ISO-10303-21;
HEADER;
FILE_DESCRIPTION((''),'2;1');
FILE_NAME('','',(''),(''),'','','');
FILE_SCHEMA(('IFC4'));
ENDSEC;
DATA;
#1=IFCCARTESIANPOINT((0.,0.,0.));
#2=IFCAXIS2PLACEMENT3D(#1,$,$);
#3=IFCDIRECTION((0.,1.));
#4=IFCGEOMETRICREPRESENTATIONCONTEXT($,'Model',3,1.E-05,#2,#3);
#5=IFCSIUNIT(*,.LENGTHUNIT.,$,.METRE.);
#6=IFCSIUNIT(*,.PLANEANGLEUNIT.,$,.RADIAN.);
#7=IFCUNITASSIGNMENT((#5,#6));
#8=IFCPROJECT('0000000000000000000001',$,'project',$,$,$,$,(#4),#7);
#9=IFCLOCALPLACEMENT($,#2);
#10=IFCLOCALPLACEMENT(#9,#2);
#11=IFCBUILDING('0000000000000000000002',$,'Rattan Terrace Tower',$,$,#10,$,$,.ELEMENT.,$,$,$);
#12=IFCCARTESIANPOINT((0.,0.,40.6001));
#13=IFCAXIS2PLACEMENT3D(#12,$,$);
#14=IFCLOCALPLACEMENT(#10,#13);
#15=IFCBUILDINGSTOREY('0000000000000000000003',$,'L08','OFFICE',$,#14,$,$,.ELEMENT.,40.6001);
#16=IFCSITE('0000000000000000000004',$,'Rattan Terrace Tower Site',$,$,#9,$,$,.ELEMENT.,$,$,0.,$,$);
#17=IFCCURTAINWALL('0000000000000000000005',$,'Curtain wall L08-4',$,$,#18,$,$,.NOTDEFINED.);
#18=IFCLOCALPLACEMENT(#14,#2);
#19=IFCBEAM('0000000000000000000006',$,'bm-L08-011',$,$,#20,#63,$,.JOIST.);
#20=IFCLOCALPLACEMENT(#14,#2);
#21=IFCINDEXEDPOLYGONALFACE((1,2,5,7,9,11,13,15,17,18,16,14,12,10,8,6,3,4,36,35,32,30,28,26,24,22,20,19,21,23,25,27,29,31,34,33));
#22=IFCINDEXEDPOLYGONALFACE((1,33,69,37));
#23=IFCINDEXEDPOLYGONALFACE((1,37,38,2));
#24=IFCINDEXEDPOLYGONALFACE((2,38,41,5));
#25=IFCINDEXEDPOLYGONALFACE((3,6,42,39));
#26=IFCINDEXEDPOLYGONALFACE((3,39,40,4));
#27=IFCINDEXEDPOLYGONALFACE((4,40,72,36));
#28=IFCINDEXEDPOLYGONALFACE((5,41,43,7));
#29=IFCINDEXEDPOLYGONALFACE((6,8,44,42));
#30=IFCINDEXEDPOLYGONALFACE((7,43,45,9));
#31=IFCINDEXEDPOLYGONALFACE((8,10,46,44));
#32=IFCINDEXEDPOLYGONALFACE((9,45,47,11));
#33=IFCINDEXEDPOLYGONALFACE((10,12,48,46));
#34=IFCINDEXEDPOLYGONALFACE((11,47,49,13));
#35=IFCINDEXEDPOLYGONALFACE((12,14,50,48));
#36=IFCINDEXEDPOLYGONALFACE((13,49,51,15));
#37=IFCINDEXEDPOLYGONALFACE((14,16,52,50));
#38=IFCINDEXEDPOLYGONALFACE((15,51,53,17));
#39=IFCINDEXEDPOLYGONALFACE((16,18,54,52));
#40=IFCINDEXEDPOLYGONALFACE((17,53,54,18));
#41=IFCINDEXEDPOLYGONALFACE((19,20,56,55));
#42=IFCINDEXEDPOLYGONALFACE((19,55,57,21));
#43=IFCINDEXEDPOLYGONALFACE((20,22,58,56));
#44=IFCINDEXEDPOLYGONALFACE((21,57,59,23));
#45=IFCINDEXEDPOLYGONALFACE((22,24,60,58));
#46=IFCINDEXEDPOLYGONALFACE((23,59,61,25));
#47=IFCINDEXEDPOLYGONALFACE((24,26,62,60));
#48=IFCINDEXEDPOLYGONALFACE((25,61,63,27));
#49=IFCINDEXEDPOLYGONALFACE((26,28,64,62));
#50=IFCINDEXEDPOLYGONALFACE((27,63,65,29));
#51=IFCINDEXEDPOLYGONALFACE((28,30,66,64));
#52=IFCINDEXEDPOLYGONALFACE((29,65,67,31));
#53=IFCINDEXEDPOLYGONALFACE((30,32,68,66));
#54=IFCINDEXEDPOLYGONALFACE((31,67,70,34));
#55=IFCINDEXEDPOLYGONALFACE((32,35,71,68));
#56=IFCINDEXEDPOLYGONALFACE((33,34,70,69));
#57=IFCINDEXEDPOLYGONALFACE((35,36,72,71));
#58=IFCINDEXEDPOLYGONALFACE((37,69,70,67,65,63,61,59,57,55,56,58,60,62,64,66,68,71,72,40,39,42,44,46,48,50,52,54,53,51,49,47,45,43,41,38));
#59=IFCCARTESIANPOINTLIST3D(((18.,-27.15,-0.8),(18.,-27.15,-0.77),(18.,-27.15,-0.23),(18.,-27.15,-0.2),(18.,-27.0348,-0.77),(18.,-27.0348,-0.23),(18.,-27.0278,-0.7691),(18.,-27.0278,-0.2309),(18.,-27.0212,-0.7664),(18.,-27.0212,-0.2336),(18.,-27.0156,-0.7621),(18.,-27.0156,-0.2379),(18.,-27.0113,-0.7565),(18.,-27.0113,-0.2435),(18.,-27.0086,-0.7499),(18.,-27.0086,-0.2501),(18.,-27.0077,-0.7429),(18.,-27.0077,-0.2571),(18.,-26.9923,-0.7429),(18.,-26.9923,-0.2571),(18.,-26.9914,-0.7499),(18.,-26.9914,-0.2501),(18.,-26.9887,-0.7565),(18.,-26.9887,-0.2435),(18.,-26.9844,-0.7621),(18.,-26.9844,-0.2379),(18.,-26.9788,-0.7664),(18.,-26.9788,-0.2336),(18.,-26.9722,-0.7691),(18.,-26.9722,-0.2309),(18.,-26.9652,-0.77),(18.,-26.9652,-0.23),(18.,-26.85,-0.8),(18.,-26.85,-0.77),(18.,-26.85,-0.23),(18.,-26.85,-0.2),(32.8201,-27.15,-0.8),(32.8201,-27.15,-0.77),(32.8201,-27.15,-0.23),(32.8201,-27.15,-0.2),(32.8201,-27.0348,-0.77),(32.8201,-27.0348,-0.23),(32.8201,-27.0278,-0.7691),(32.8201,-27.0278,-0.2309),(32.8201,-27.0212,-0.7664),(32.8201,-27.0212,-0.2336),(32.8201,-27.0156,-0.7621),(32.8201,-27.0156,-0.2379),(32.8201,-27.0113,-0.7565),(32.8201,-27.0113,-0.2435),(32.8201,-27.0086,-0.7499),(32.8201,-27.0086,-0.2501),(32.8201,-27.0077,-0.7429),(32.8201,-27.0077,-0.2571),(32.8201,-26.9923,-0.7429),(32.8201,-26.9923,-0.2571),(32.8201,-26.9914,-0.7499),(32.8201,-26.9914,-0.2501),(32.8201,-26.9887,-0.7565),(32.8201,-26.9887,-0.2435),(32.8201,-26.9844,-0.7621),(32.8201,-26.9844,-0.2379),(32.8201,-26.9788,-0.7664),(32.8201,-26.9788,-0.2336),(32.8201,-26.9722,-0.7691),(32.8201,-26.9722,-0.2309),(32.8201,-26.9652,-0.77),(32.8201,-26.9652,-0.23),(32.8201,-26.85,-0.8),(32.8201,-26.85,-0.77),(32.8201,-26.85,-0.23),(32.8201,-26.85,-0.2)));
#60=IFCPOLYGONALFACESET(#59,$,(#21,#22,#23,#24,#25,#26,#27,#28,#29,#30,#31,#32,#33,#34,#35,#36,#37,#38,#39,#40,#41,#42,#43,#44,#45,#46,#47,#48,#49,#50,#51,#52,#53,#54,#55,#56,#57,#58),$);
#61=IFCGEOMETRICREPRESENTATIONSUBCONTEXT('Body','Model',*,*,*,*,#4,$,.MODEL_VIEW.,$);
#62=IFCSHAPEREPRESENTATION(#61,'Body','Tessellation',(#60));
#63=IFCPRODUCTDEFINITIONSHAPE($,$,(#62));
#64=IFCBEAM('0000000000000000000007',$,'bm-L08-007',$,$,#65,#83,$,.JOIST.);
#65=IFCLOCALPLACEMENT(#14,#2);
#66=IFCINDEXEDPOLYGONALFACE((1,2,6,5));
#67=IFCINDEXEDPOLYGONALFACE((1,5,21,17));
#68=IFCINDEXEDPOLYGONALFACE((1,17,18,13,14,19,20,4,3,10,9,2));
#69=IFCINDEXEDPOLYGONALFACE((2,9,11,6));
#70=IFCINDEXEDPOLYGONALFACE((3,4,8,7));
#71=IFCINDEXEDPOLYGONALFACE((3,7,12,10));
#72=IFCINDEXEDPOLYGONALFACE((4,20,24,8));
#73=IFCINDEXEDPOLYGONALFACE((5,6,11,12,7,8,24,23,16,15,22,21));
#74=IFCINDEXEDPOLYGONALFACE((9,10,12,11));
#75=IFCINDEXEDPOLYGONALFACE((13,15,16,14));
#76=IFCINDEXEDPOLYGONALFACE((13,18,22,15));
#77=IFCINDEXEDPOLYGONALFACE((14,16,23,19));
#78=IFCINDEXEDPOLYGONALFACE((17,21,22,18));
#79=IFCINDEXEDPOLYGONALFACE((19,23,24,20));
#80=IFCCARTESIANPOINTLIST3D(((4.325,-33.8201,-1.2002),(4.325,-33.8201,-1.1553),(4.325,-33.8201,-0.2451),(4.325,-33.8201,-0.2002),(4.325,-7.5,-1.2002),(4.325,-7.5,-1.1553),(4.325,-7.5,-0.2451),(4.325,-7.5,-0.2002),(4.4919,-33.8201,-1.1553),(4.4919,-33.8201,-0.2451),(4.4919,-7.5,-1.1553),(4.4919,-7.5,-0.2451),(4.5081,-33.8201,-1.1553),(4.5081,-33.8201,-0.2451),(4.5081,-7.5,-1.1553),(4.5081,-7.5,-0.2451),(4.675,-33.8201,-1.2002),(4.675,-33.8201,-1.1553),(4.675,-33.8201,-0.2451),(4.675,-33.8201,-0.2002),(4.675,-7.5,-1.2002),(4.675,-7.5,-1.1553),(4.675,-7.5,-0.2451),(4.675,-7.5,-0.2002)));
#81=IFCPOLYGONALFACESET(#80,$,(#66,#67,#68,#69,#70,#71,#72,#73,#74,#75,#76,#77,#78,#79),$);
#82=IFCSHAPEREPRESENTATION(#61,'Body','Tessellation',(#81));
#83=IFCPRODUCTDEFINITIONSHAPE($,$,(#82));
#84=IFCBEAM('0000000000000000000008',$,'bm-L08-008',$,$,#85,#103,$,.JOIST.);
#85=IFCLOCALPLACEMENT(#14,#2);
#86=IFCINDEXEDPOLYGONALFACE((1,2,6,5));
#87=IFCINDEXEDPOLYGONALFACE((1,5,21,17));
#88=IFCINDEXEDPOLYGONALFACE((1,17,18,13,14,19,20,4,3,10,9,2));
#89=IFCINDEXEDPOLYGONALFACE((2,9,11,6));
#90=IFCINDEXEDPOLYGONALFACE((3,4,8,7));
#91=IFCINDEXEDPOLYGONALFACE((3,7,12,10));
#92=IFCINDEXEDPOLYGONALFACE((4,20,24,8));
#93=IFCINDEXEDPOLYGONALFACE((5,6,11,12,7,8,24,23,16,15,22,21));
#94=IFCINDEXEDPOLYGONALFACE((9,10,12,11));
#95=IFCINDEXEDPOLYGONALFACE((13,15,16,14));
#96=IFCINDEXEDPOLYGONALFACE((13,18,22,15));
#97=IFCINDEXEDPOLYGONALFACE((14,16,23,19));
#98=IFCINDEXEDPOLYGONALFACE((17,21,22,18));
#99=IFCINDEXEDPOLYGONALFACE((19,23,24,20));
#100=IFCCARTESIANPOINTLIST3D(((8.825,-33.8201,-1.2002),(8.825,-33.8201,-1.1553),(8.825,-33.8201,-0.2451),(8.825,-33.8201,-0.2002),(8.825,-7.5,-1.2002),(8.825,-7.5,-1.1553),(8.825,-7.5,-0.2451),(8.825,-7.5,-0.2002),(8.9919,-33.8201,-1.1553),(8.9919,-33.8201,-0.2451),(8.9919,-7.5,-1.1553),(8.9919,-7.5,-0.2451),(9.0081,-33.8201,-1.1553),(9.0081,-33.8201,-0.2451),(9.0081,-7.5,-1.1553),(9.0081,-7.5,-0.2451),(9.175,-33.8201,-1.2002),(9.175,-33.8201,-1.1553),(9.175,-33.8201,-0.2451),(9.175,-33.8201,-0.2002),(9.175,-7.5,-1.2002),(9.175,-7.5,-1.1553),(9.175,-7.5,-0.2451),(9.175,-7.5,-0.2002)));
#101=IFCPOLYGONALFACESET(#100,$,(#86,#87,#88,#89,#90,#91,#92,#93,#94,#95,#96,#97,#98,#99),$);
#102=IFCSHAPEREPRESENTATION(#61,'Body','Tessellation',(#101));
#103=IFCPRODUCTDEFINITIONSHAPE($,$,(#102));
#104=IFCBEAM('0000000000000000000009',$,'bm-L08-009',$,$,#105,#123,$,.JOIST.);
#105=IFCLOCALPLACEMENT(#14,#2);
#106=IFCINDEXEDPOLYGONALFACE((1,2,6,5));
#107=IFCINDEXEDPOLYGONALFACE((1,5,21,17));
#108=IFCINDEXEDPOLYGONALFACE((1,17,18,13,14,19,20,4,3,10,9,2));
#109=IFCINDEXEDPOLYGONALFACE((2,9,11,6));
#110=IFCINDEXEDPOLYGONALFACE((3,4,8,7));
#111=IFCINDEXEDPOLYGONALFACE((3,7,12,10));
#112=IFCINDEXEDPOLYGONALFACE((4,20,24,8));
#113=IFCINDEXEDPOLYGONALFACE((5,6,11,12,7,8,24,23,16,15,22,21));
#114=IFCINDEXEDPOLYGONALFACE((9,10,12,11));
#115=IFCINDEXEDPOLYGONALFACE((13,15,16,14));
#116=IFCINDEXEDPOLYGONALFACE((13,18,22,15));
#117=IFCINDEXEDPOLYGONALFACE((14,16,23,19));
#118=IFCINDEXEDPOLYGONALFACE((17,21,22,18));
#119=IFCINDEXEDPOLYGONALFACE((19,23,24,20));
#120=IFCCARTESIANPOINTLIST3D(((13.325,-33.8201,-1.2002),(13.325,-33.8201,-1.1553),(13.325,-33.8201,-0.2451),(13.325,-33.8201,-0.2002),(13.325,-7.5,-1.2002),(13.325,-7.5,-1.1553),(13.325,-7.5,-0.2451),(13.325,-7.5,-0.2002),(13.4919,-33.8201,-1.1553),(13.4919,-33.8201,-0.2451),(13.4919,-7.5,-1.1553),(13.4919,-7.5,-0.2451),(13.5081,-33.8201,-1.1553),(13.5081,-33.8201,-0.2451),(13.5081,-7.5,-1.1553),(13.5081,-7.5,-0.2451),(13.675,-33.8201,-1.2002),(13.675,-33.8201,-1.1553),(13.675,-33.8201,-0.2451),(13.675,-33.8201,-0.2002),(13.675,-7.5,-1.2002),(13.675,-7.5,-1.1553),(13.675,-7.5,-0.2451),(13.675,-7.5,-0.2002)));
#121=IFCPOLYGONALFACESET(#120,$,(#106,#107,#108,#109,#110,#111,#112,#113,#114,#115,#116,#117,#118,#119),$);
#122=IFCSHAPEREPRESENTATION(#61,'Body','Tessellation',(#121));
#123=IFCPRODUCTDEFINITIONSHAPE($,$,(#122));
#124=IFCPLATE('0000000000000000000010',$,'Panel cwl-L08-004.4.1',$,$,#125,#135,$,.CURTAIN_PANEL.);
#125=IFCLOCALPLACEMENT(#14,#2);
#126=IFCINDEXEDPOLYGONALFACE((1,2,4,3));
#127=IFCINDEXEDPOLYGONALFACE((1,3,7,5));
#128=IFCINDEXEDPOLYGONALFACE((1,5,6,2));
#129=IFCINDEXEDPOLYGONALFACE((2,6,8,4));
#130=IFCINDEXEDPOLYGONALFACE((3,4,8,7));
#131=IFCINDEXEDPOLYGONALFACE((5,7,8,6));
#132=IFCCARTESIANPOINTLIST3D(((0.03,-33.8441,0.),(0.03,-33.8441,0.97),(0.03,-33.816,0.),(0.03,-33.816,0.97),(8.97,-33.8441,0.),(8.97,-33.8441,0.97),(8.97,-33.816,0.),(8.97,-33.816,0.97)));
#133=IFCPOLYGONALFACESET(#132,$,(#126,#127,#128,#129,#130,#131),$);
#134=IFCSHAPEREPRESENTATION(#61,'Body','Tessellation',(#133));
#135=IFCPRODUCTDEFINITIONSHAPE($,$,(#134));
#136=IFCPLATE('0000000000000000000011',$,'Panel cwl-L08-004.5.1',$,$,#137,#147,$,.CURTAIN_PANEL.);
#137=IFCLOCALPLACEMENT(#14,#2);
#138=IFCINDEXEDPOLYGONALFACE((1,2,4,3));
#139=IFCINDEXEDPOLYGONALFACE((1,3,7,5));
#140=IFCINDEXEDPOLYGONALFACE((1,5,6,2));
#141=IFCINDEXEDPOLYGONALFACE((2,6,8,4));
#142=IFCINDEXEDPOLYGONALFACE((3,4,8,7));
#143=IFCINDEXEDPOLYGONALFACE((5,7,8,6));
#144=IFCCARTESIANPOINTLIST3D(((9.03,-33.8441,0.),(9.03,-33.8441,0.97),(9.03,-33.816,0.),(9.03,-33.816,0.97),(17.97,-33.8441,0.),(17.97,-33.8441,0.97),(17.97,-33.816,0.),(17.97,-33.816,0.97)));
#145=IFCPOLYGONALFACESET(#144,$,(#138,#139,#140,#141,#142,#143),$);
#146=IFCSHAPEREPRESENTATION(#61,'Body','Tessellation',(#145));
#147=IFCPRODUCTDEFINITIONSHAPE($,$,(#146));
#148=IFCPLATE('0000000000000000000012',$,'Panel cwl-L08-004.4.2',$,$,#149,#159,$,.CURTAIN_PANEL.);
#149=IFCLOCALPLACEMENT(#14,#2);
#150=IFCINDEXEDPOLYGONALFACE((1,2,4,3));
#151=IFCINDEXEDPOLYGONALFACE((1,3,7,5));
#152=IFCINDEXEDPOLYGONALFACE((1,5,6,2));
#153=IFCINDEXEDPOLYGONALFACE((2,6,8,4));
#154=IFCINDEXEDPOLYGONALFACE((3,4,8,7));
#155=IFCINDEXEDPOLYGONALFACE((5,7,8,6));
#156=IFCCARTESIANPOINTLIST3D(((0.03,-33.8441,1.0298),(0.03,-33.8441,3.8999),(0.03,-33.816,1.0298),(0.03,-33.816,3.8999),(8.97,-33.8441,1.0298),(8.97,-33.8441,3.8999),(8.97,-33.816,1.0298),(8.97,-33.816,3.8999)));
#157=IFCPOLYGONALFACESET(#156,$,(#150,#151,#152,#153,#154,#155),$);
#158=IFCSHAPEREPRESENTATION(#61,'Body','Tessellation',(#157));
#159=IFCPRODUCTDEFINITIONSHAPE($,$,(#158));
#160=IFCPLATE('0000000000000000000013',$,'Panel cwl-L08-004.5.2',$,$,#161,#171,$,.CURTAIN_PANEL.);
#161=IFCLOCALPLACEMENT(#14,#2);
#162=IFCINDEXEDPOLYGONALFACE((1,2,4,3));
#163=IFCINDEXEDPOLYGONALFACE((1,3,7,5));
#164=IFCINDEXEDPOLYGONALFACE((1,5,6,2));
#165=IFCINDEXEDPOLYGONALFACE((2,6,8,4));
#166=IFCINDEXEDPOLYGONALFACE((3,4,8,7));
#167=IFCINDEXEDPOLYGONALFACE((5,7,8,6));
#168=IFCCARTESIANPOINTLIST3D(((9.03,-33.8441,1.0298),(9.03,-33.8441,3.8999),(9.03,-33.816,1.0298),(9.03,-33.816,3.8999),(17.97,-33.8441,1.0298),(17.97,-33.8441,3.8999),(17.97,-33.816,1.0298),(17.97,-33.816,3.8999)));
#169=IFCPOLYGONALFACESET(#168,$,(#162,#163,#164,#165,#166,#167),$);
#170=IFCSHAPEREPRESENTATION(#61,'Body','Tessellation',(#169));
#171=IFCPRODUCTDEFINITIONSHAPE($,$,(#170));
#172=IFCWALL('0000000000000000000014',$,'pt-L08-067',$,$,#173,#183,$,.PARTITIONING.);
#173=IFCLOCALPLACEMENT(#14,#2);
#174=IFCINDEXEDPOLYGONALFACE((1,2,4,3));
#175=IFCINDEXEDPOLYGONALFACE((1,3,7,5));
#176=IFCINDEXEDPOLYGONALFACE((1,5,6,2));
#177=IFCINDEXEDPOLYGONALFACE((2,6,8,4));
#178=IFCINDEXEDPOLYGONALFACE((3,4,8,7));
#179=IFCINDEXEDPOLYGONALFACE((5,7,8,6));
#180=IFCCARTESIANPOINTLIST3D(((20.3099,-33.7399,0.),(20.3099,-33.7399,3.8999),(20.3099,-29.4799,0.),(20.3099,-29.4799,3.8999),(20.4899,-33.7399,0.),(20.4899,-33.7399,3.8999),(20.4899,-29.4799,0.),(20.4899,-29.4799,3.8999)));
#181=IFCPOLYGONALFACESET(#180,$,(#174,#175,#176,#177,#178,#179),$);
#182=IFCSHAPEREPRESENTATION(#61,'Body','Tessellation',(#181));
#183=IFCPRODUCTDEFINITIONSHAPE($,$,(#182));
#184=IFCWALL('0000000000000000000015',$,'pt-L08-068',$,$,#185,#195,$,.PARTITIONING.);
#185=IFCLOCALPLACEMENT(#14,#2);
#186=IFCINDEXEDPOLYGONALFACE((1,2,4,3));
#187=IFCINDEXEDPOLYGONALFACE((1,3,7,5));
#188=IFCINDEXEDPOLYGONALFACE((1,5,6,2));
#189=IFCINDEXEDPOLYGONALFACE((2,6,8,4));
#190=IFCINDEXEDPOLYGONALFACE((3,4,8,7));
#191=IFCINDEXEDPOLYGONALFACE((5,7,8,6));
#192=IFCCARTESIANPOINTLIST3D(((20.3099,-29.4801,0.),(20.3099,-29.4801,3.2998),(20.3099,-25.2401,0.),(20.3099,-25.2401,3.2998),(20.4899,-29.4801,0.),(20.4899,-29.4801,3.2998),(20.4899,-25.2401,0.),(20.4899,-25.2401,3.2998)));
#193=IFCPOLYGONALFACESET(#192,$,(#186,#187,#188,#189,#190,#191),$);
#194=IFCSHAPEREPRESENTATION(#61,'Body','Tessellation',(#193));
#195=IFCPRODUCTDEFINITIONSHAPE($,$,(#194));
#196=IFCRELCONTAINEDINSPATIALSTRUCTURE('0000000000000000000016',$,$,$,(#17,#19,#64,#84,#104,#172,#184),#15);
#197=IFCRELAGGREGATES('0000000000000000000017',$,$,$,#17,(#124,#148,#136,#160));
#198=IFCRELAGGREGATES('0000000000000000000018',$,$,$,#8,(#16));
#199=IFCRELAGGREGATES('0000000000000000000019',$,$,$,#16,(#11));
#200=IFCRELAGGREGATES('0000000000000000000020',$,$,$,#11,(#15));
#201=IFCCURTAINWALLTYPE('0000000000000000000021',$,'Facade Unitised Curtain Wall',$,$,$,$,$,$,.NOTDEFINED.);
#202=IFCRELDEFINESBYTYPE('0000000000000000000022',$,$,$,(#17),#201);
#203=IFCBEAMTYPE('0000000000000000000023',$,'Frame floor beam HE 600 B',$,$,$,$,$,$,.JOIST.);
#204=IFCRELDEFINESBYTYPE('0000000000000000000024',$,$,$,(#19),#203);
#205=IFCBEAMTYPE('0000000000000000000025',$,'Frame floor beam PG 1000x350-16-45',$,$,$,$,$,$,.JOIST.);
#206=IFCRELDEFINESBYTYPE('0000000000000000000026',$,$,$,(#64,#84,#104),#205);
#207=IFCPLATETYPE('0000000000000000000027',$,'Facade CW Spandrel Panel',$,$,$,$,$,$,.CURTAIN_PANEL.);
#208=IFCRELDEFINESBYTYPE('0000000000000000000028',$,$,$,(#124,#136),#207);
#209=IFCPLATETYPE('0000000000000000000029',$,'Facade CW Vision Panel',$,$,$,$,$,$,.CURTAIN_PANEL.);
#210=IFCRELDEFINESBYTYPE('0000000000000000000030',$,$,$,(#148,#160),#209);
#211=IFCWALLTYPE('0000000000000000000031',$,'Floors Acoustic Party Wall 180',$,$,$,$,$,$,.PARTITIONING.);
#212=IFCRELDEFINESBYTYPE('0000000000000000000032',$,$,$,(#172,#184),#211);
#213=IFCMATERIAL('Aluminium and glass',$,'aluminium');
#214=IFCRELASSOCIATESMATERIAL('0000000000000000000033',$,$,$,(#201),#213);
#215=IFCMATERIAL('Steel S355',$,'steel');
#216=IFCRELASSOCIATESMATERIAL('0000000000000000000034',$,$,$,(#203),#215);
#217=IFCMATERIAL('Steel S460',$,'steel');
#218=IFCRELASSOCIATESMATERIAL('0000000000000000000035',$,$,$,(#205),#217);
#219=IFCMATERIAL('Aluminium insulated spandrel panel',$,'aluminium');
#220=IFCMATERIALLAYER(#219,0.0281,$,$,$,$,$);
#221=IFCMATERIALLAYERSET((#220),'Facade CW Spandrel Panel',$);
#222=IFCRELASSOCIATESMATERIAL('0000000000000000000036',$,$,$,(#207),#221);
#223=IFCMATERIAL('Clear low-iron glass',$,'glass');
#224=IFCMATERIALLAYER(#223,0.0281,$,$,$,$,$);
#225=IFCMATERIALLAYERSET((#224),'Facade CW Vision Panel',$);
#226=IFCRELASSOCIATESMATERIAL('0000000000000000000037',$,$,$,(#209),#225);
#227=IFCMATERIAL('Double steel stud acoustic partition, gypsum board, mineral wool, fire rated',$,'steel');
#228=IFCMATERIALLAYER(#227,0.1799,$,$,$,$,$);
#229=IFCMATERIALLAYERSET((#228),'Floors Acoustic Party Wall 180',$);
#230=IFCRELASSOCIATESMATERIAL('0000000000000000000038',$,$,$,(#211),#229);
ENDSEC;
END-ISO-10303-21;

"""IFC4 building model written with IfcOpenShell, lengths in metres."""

from ifc_helpers import new_model, si_unit, direction, frame, frame_2d, origin, origin_2d, place, context, subcontext, project, spatial, rectangle, i_section, extrude, material, layer, layer_set, material_profile, profile_set, type_object, element, aggregate, save


model = new_model("IFC4")

# Units and contexts
model_context = context("Model", 3, precision=1e-05, world=origin(), true_north=direction((0.0, 1.0)))
body_context = subcontext(model_context, "Body", "Model", "MODEL_VIEW")
ifc_project = project(units=[si_unit("LENGTHUNIT", "METRE"), si_unit("PLANEANGLEUNIT", "RADIAN")], contexts=[model_context])

# Site, building, storey
site_placement = place(None, origin())
site = spatial("IfcSite", under=ifc_project, at=site_placement, Name="Rattan Terrace Tower Site", CompositionType="ELEMENT", RefElevation=0.0)
building_placement = place(site_placement, origin())
building = spatial("IfcBuilding", under=site, at=building_placement, Name="Rattan Terrace Tower", CompositionType="ELEMENT")
storey_placement = place(building_placement, frame((0.0, 0.0, 40.6001)))
storey = spatial("IfcBuildingStorey", under=building, at=storey_placement, Name="L08", Description="OFFICE", CompositionType="ELEMENT", Elevation=40.6001)

# Curtain wall
ifc_material_1 = material(Name="Aluminium and glass", Category="aluminium")
curtain_wall_type = type_object("IfcCurtainWallType", Name="Facade Unitised Curtain Wall", PredefinedType="NOTDEFINED", material=ifc_material_1)
curtain_wall_placement = place(storey_placement, origin())
curtain_wall = element("IfcCurtainWall", 1, at=curtain_wall_placement, inside=storey, type_object=curtain_wall_type, Name="Curtain wall L08-4", PredefinedType="NOTDEFINED")

# Beams
ifc_material_2 = material(Name="Steel S355", Category="steel")
ifc_material_profile_1 = material_profile(ifc_material_2, i_section(OverallWidth=0.3, OverallDepth=0.6001, WebThickness=0.0154, FlangeThickness=0.03, FilletRadius=0.0271, at=origin_2d()), Name="HE 600 B")
ifc_profile_set_1 = profile_set([ifc_material_profile_1], Name="Steel S355")
beam_type_1 = type_object("IfcBeamType", Name="Frame floor beam HE 600 B", PredefinedType="JOIST", material=ifc_profile_set_1)
beam_1_placement = place(storey_placement, frame((18.0, -27.0, -0.5), z_axis=(1.0, 0.0, 0.0), x_axis=(0.0, 1.0, 0.0)))
element("IfcBeam", 2, at=beam_1_placement, inside=storey, type_object=beam_type_1, Name="bm-L08-011", PredefinedType="JOIST", context=body_context, shape_type="SweptSolid", body=[
    extrude(i_section(OverallWidth=0.3, OverallDepth=0.6001, WebThickness=0.0154, FlangeThickness=0.03, FilletRadius=0.0271, at=origin_2d()), origin(), (0.0, 0.0, 1.0), 14.8201),
])
ifc_material_3 = material(Name="Steel S460", Category="steel")
ifc_material_profile_2 = material_profile(ifc_material_3, i_section(OverallWidth=0.3501, OverallDepth=1.0, WebThickness=0.0161, FlangeThickness=0.0449, at=origin_2d()), Name="PG 1000x350-16-45")
ifc_profile_set_2 = profile_set([ifc_material_profile_2], Name="Steel S460")
beam_type_2 = type_object("IfcBeamType", Name="Frame floor beam PG 1000x350-16-45", PredefinedType="JOIST", material=ifc_profile_set_2)
for number, where, z_axis, x_axis, name in (
    (3, (4.5, -33.8201, -0.7002), (0.0, 1.0, 0.0), (-1.0, 0.0, 0.0), "bm-L08-007"),
    (4, (9.0, -33.8201, -0.7002), (0.0, 1.0, 0.0), (-1.0, 0.0, 0.0), "bm-L08-008"),
    (5, (13.5, -33.8201, -0.7002), (0.0, 1.0, 0.0), (-1.0, 0.0, 0.0), "bm-L08-009"),
):
    element("IfcBeam", number, at=place(storey_placement, frame(where, z_axis=z_axis, x_axis=x_axis)), inside=storey, type_object=beam_type_2, Name=name, PredefinedType="JOIST", context=body_context, shape_type="SweptSolid", body=[
        extrude(i_section(OverallWidth=0.3501, OverallDepth=1.0, WebThickness=0.0161, FlangeThickness=0.0449, at=origin_2d()), origin(), (0.0, 0.0, 1.0), 26.3201),
    ])

# Plates
ifc_material_4 = material(Name="Aluminium insulated spandrel panel", Category="aluminium")
ifc_layer_1 = layer(ifc_material_4, 0.0281)
ifc_layer_set_1 = layer_set([ifc_layer_1], Name="Facade CW Spandrel Panel")
plate_type_1 = type_object("IfcPlateType", Name="Facade CW Spandrel Panel", PredefinedType="CURTAIN_PANEL", material=ifc_layer_set_1)
plate_1_placement = place(storey_placement, frame((4.5, -33.8301, 0.0), z_axis=(0.0, 0.0, 1.0), x_axis=(1.0, 0.0, 0.0)))
plate_1 = element("IfcPlate", 6, at=plate_1_placement, type_object=plate_type_1, Name="Panel cwl-L08-004.4.1", PredefinedType="CURTAIN_PANEL", context=body_context, shape_type="SweptSolid", body=[
    extrude(rectangle(XDim=8.9399, YDim=0.0281, at=origin_2d()), origin(), (0.0, 0.0, 1.0), 0.97),
])
plate_2_placement = place(storey_placement, frame((13.5, -33.8301, 0.0), z_axis=(0.0, 0.0, 1.0), x_axis=(1.0, 0.0, 0.0)))
plate_2 = element("IfcPlate", 7, at=plate_2_placement, type_object=plate_type_1, Name="Panel cwl-L08-004.5.1", PredefinedType="CURTAIN_PANEL", context=body_context, shape_type="SweptSolid", body=[
    extrude(rectangle(XDim=8.9399, YDim=0.0281, at=origin_2d()), origin(), (0.0, 0.0, 1.0), 0.97),
])
ifc_material_5 = material(Name="Clear low-iron glass", Category="glass")
ifc_layer_2 = layer(ifc_material_5, 0.0281)
ifc_layer_set_2 = layer_set([ifc_layer_2], Name="Facade CW Vision Panel")
plate_type_2 = type_object("IfcPlateType", Name="Facade CW Vision Panel", PredefinedType="CURTAIN_PANEL", material=ifc_layer_set_2)
plate_3_placement = place(storey_placement, frame((4.5, -33.8301, 1.0298), z_axis=(0.0, 0.0, 1.0), x_axis=(1.0, 0.0, 0.0)))
plate_3 = element("IfcPlate", 8, at=plate_3_placement, type_object=plate_type_2, Name="Panel cwl-L08-004.4.2", PredefinedType="CURTAIN_PANEL", context=body_context, shape_type="SweptSolid", body=[
    extrude(rectangle(XDim=8.9399, YDim=0.0281, at=origin_2d()), origin(), (0.0, 0.0, 1.0), 2.8701),
])
plate_4_placement = place(storey_placement, frame((13.5, -33.8301, 1.0298), z_axis=(0.0, 0.0, 1.0), x_axis=(1.0, 0.0, 0.0)))
plate_4 = element("IfcPlate", 9, at=plate_4_placement, type_object=plate_type_2, Name="Panel cwl-L08-004.5.2", PredefinedType="CURTAIN_PANEL", context=body_context, shape_type="SweptSolid", body=[
    extrude(rectangle(XDim=8.9399, YDim=0.0281, at=origin_2d()), origin(), (0.0, 0.0, 1.0), 2.8701),
])
aggregate(curtain_wall, [plate_1, plate_3, plate_2, plate_4])

# Walls
ifc_material_6 = material(Name="Double steel stud acoustic partition, gypsum board, mineral wool, fire rated", Category="steel")
ifc_layer_3 = layer(ifc_material_6, 0.1799)
ifc_layer_set_3 = layer_set([ifc_layer_3], Name="Floors Acoustic Party Wall 180")
wall_type_1 = type_object("IfcWallType", Name="Floors Acoustic Party Wall 180", PredefinedType="PARTITIONING", material=ifc_layer_set_3)
wall_1_placement = place(storey_placement, frame((20.3999, -29.48, 0.0), z_axis=(0.0, 0.0, 1.0), x_axis=(0.0, -1.0, 0.0)))
element("IfcWall", 10, at=wall_1_placement, inside=storey, type_object=wall_type_1, Name="pt-L08-067", PredefinedType="PARTITIONING", context=body_context, shape_type="SweptSolid", body=[
    extrude(rectangle(XDim=4.26, YDim=0.1799, at=frame_2d((2.1299, 0.0))), origin(), (0.0, 0.0, 1.0), 3.8999),
])
wall_2_placement = place(storey_placement, frame((20.3999, -25.24, 0.0), z_axis=(0.0, 0.0, 1.0), x_axis=(0.0, -1.0, 0.0)))
element("IfcWall", 11, at=wall_2_placement, inside=storey, type_object=wall_type_1, Name="pt-L08-068", PredefinedType="PARTITIONING", context=body_context, shape_type="SweptSolid", body=[
    extrude(rectangle(XDim=4.24, YDim=0.1799, at=frame_2d((2.1201, 0.0))), origin(), (0.0, 0.0, 1.0), 3.2998),
])

save(model, "model.ifc")
